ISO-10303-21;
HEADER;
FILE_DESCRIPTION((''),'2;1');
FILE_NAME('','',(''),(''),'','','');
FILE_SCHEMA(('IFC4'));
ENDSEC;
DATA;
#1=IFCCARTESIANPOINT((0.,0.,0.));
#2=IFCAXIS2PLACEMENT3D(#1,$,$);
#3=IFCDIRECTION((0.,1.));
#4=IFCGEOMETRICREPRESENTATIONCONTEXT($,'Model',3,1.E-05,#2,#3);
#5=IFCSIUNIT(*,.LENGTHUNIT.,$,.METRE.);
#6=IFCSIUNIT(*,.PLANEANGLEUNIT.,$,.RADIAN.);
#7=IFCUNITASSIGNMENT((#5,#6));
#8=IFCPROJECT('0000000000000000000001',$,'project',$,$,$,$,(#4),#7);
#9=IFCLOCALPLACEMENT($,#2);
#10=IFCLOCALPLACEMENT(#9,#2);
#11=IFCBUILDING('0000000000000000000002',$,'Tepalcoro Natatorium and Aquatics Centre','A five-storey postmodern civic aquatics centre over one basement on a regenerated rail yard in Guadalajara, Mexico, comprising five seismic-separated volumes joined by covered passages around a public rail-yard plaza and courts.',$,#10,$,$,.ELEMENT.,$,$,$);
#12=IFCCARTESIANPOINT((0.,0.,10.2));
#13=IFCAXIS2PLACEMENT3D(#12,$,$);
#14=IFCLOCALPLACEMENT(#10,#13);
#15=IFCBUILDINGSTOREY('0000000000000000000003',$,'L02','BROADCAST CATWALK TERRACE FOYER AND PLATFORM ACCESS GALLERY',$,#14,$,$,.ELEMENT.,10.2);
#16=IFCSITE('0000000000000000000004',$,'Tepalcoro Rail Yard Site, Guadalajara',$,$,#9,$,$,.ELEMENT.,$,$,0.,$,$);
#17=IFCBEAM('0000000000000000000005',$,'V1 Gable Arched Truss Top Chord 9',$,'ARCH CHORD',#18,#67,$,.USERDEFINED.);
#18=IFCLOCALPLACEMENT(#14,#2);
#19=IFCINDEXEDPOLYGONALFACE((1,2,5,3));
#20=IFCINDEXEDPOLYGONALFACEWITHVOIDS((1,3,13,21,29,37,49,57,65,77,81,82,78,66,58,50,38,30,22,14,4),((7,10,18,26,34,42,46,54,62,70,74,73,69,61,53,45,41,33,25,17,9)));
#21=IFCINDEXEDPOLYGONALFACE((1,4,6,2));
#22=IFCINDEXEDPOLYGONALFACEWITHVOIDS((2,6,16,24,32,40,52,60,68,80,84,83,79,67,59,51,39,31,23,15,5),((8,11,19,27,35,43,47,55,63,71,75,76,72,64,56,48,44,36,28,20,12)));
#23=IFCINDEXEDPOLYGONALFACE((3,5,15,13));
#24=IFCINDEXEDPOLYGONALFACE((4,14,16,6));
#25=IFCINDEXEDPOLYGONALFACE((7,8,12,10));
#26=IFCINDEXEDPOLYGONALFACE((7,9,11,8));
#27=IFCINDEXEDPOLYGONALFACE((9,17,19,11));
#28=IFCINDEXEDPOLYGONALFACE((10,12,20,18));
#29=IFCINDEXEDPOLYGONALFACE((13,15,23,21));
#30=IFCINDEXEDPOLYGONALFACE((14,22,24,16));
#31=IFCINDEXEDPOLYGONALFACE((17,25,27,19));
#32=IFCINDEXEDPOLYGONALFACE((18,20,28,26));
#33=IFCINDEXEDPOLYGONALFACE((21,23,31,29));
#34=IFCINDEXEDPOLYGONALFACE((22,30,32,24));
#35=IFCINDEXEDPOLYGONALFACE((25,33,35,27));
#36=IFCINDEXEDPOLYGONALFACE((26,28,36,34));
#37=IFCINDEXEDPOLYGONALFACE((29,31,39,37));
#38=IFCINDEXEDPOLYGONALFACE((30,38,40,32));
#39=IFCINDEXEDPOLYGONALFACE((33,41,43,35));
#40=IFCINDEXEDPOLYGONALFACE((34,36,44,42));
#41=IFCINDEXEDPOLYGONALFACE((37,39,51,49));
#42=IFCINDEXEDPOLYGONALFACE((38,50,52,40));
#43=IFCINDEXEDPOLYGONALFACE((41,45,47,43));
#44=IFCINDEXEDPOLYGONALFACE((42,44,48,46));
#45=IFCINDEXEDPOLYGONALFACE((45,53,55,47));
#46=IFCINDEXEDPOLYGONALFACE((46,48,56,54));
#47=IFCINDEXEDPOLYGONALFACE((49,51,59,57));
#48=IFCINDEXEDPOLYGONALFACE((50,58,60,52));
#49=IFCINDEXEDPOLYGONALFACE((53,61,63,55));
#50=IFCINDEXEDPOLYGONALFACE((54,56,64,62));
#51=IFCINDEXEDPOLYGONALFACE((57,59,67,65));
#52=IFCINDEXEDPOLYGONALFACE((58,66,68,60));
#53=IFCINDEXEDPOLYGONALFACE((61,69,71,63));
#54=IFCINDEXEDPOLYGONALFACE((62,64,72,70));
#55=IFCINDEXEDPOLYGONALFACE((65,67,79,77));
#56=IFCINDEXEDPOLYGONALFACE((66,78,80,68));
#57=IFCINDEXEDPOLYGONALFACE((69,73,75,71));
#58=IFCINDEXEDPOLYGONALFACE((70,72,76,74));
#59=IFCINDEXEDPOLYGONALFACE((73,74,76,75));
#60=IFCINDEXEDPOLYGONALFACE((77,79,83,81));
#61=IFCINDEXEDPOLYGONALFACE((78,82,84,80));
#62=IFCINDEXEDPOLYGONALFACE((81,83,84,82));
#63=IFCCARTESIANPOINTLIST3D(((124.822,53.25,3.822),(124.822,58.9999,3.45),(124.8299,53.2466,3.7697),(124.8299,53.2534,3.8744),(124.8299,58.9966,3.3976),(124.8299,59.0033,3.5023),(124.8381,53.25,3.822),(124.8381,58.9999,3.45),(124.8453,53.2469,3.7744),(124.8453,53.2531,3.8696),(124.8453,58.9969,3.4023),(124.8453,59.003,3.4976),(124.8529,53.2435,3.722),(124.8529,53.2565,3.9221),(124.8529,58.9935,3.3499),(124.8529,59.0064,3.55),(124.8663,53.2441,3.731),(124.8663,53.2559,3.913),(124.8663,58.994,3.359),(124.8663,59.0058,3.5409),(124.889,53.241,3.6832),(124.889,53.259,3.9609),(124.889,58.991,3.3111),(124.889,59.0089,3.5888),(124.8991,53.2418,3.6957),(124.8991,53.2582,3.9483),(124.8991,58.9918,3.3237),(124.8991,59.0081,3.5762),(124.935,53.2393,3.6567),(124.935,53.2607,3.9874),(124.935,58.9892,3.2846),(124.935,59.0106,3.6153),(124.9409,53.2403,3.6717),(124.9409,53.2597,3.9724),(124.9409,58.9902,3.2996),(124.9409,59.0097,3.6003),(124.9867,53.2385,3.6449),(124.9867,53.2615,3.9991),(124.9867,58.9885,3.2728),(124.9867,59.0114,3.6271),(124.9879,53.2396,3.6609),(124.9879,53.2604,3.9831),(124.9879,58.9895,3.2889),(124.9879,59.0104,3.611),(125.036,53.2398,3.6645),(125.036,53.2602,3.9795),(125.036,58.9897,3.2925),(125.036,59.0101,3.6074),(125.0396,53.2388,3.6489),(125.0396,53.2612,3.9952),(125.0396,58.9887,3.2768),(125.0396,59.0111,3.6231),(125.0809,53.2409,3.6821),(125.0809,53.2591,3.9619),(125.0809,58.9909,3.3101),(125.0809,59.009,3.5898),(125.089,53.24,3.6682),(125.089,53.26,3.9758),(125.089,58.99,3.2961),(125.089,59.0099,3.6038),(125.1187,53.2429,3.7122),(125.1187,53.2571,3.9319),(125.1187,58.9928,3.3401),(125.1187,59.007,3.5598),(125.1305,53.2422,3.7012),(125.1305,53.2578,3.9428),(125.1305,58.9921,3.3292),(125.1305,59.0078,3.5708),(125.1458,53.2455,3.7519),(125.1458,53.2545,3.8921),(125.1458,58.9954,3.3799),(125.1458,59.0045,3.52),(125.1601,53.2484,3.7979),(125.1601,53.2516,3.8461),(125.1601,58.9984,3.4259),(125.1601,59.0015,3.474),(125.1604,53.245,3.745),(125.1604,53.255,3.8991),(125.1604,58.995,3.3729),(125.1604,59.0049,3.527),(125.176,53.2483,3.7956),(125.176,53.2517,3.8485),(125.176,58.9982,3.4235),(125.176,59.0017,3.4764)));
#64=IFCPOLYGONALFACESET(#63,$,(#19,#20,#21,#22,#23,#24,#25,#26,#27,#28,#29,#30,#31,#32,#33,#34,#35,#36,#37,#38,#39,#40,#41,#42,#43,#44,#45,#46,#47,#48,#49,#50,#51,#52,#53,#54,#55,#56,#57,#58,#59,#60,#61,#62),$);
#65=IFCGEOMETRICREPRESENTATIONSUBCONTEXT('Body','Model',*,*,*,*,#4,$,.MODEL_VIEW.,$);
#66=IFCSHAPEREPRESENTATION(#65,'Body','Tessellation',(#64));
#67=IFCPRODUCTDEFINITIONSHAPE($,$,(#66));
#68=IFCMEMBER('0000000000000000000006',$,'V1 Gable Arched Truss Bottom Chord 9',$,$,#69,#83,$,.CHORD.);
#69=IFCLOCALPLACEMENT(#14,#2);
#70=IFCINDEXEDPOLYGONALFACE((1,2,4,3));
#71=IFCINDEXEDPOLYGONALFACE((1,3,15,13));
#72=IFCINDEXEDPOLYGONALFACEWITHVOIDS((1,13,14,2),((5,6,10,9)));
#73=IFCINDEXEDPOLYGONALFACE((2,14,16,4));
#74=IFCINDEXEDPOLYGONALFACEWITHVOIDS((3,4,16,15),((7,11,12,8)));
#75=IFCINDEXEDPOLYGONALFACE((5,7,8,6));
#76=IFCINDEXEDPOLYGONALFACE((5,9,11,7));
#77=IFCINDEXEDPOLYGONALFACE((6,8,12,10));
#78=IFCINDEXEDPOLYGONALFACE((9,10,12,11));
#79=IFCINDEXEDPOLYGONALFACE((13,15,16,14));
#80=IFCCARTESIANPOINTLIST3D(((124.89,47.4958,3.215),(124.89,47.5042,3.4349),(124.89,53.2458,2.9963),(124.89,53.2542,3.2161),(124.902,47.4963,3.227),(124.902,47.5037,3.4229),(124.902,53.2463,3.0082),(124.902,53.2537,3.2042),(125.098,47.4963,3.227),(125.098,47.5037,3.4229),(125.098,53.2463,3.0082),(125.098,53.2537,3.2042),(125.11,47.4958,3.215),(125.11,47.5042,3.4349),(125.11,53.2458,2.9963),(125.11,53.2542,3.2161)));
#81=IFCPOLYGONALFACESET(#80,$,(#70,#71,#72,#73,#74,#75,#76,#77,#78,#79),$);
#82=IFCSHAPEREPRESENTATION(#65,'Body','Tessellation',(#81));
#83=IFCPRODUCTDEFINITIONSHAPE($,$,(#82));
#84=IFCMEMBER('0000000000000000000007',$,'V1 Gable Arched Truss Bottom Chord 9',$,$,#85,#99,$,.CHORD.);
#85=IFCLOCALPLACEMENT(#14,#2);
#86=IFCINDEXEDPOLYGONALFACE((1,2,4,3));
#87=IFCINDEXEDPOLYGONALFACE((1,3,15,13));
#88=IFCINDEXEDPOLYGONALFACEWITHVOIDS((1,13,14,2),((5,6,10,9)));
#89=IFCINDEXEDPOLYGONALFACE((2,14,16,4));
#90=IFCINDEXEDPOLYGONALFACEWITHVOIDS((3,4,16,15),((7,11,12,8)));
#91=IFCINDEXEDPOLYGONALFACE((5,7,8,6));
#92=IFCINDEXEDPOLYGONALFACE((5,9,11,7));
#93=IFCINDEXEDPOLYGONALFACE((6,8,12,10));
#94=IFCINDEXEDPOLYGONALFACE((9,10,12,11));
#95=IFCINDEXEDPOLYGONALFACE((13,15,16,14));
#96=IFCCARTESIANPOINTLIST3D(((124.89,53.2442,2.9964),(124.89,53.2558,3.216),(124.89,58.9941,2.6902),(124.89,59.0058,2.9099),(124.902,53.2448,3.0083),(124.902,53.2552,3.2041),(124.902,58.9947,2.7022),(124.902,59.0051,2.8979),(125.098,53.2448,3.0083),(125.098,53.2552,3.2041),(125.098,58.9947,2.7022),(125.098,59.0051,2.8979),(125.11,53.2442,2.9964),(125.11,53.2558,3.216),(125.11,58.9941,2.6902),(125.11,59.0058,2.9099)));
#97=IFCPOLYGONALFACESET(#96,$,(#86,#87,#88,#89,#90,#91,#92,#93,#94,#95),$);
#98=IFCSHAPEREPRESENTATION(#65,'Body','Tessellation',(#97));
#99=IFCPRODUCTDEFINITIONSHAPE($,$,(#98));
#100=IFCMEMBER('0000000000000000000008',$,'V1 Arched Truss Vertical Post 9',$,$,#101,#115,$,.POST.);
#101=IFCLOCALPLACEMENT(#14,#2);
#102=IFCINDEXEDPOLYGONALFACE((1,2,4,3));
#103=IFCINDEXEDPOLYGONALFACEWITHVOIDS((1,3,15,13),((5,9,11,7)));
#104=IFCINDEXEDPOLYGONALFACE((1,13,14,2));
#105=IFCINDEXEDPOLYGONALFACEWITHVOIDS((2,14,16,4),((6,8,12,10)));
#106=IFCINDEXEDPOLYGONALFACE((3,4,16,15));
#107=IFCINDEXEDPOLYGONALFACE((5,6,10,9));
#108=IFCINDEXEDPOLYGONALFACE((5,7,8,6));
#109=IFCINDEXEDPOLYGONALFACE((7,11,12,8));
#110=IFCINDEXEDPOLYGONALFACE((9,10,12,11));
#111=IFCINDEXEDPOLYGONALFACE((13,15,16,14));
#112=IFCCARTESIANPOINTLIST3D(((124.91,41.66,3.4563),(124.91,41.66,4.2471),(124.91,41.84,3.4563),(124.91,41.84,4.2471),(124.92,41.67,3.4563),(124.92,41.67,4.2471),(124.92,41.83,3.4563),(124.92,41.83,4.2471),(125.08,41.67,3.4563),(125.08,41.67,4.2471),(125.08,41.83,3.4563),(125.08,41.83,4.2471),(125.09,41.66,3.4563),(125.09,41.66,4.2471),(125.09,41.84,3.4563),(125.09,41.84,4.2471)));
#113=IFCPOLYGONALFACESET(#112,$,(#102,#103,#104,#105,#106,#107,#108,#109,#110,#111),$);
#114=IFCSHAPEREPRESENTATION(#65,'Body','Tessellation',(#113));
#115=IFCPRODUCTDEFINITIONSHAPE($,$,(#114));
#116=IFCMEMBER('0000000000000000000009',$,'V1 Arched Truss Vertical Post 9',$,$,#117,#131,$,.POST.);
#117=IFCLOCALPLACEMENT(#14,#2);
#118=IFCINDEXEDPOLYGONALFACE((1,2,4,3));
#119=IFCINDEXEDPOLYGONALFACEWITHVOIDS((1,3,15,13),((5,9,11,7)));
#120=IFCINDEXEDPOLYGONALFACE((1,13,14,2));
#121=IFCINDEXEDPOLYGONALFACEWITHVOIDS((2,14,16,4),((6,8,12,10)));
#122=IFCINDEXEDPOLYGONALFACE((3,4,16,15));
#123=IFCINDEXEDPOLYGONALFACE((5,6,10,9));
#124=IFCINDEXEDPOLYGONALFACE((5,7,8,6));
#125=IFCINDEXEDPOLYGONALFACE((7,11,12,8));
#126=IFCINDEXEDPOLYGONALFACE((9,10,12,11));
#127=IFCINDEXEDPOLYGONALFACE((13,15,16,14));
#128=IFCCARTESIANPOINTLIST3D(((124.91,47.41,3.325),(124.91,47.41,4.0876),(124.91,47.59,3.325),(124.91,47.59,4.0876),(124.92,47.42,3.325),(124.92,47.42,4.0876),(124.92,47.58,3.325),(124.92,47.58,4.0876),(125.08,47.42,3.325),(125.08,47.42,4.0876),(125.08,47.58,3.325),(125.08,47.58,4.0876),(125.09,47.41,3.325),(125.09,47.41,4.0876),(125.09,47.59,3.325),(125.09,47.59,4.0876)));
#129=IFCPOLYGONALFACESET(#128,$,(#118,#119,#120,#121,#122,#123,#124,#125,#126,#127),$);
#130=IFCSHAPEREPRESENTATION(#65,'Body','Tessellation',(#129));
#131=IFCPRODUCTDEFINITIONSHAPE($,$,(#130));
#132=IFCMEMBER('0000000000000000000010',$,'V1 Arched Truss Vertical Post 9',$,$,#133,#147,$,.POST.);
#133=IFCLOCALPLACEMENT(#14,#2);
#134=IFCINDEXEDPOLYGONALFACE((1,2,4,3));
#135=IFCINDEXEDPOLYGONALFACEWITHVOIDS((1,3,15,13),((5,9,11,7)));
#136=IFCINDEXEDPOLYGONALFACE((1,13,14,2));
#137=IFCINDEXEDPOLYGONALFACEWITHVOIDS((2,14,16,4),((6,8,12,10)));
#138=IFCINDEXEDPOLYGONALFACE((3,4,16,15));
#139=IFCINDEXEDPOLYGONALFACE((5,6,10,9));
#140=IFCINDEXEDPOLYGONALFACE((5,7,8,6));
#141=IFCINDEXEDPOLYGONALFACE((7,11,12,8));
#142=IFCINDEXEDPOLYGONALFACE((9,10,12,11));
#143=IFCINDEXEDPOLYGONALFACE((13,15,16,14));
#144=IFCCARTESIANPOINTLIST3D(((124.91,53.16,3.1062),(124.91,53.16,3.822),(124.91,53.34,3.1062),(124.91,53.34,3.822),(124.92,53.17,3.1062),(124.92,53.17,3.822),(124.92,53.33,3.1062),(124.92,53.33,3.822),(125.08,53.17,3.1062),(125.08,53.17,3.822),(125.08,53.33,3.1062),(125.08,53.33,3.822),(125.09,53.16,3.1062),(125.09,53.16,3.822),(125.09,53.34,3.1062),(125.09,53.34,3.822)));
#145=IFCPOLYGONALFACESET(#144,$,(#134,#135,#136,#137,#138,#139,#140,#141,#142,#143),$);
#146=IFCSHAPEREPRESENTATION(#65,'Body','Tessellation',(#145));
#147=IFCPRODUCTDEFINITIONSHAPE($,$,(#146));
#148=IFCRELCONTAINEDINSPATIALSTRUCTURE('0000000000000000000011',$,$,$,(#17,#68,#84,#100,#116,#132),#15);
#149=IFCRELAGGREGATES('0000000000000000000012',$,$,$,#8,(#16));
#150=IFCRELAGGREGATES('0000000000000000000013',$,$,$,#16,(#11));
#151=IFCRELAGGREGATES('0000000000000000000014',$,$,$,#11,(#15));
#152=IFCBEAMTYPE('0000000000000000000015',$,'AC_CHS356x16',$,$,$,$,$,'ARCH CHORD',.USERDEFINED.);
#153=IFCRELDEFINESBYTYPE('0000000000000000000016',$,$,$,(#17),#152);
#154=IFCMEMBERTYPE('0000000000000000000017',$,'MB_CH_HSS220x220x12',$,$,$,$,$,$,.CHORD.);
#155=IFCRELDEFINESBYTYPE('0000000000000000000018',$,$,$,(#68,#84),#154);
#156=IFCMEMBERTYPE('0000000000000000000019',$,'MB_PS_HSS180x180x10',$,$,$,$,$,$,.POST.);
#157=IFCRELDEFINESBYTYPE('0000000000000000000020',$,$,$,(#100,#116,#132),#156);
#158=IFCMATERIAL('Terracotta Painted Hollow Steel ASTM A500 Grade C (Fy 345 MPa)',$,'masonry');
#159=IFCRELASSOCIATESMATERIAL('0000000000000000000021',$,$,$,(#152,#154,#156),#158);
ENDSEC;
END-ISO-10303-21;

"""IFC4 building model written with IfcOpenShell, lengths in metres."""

from ifc_helpers import new_model, si_unit, direction, frame, origin, origin_2d, place, context, subcontext, project, spatial, hollow_rectangle, hollow_circle, extrude, material, material_profile, profile_set, type_object, element, save


model = new_model("IFC4")

# Units and contexts
model_context = context("Model", 3, precision=1e-05, world=origin(), true_north=direction((0.0, 1.0)))
body_context = subcontext(model_context, "Body", "Model", "MODEL_VIEW")
ifc_project = project(units=[si_unit("LENGTHUNIT", "METRE"), si_unit("PLANEANGLEUNIT", "RADIAN")], contexts=[model_context])

# Site, building, storey
site_placement = place(None, origin())
site = spatial("IfcSite", under=ifc_project, at=site_placement, Name="Tepalcoro Rail Yard Site, Guadalajara", CompositionType="ELEMENT", RefElevation=0.0)
building_placement = place(site_placement, origin())
building = spatial("IfcBuilding", under=site, at=building_placement, Name="Tepalcoro Natatorium and Aquatics Centre", Description="A five-storey postmodern civic aquatics centre over one basement on a regenerated rail yard in Guadalajara, Mexico, comprising five seismic-separated volumes joined by covered passages around a public rail-yard plaza and courts.", CompositionType="ELEMENT")
storey_placement = place(building_placement, frame((0.0, 0.0, 10.2)))
storey = spatial("IfcBuildingStorey", under=building, at=storey_placement, Name="L02", Description="BROADCAST CATWALK TERRACE FOYER AND PLATFORM ACCESS GALLERY", CompositionType="ELEMENT", Elevation=10.2)

# Beam
ifc_material_1 = material(Name="Terracotta Painted Hollow Steel ASTM A500 Grade C (Fy 345 MPa)", Category="masonry")
ifc_material_profile_1 = material_profile(ifc_material_1, hollow_circle(Radius=0.178, WallThickness=0.0161, at=origin_2d()), Name="CHS356X16")
ifc_profile_set_1 = profile_set([ifc_material_profile_1], Name="Terracotta Painted Hollow Steel ASTM A500 Grade C (Fy 345 MPa)")
beam_type_1 = type_object("IfcBeamType", Name="AC_CHS356x16", ElementType="ARCH CHORD", PredefinedType="USERDEFINED", material=ifc_profile_set_1)
beam_1_placement = place(storey_placement, frame((125.0, 53.25, 3.822), z_axis=(0.0, 0.997913, -0.064573), x_axis=(-1.0, 0.0, 0.0)))
element("IfcBeam", 1, at=beam_1_placement, inside=storey, type_object=beam_type_1, Name="V1 Gable Arched Truss Top Chord 9", ObjectType="ARCH CHORD", PredefinedType="USERDEFINED", context=body_context, shape_type="SweptSolid", body=[
    extrude(hollow_circle(Radius=0.178, WallThickness=0.0161, at=origin_2d()), origin(), (0.0, 0.0, 1.0), 5.762),
])

# Members
ifc_material_profile_2 = material_profile(ifc_material_1, hollow_rectangle(XDim=0.22, YDim=0.22, WallThickness=0.012, at=origin_2d()), Name="HSS220X220X12")
ifc_profile_set_2 = profile_set([ifc_material_profile_2], Name="Terracotta Painted Hollow Steel ASTM A500 Grade C (Fy 345 MPa)")
member_type_1 = type_object("IfcMemberType", Name="MB_CH_HSS220x220x12", PredefinedType="CHORD", material=ifc_profile_set_2)
member_1_placement = place(storey_placement, frame((125.0, 47.5, 3.325), z_axis=(0.0, 0.999277, -0.038016), x_axis=(-1.0, 0.0, 0.0)))
element("IfcMember", 2, at=member_1_placement, inside=storey, type_object=member_type_1, Name="V1 Gable Arched Truss Bottom Chord 9", PredefinedType="CHORD", context=body_context, shape_type="SweptSolid", body=[
    extrude(hollow_rectangle(XDim=0.22, YDim=0.22, WallThickness=0.012, at=origin_2d()), origin(), (0.0, 0.0, 1.0), 5.7542),
])
member_2_placement = place(storey_placement, frame((125.0, 53.25, 3.1062), z_axis=(0.0, 0.998586, -0.053169), x_axis=(-1.0, 0.0, 0.0)))
element("IfcMember", 3, at=member_2_placement, inside=storey, type_object=member_type_1, Name="V1 Gable Arched Truss Bottom Chord 9", PredefinedType="CHORD", context=body_context, shape_type="SweptSolid", body=[
    extrude(hollow_rectangle(XDim=0.22, YDim=0.22, WallThickness=0.012, at=origin_2d()), origin(), (0.0, 0.0, 1.0), 5.7581),
])
ifc_material_profile_3 = material_profile(ifc_material_1, hollow_rectangle(XDim=0.1799, YDim=0.1799, WallThickness=0.01, at=origin_2d()), Name="HSS180X180X10")
ifc_profile_set_3 = profile_set([ifc_material_profile_3], Name="Terracotta Painted Hollow Steel ASTM A500 Grade C (Fy 345 MPa)")
member_type_2 = type_object("IfcMemberType", Name="MB_PS_HSS180x180x10", PredefinedType="POST", material=ifc_profile_set_3)
member_3_placement = place(storey_placement, frame((125.0, 41.75, 3.4563), z_axis=(0.0, 0.0, 1.0), x_axis=(1.0, 0.0, 0.0)))
element("IfcMember", 4, at=member_3_placement, inside=storey, type_object=member_type_2, Name="V1 Arched Truss Vertical Post 9", PredefinedType="POST", context=body_context, shape_type="SweptSolid", body=[
    extrude(hollow_rectangle(XDim=0.1799, YDim=0.1799, WallThickness=0.01, at=origin_2d()), origin(), (0.0, 0.0, 1.0), 0.7908),
])
member_4_placement = place(storey_placement, frame((125.0, 47.5, 3.325), z_axis=(0.0, 0.0, 1.0), x_axis=(1.0, 0.0, 0.0)))
element("IfcMember", 5, at=member_4_placement, inside=storey, type_object=member_type_2, Name="V1 Arched Truss Vertical Post 9", PredefinedType="POST", context=body_context, shape_type="SweptSolid", body=[
    extrude(hollow_rectangle(XDim=0.1799, YDim=0.1799, WallThickness=0.01, at=origin_2d()), origin(), (0.0, 0.0, 1.0), 0.7627),
])
member_5_placement = place(storey_placement, frame((125.0, 53.25, 3.1062), z_axis=(0.0, 0.0, 1.0), x_axis=(1.0, 0.0, 0.0)))
element("IfcMember", 6, at=member_5_placement, inside=storey, type_object=member_type_2, Name="V1 Arched Truss Vertical Post 9", PredefinedType="POST", context=body_context, shape_type="SweptSolid", body=[
    extrude(hollow_rectangle(XDim=0.1799, YDim=0.1799, WallThickness=0.01, at=origin_2d()), origin(), (0.0, 0.0, 1.0), 0.7158),
])

save(model, "model.ifc")
